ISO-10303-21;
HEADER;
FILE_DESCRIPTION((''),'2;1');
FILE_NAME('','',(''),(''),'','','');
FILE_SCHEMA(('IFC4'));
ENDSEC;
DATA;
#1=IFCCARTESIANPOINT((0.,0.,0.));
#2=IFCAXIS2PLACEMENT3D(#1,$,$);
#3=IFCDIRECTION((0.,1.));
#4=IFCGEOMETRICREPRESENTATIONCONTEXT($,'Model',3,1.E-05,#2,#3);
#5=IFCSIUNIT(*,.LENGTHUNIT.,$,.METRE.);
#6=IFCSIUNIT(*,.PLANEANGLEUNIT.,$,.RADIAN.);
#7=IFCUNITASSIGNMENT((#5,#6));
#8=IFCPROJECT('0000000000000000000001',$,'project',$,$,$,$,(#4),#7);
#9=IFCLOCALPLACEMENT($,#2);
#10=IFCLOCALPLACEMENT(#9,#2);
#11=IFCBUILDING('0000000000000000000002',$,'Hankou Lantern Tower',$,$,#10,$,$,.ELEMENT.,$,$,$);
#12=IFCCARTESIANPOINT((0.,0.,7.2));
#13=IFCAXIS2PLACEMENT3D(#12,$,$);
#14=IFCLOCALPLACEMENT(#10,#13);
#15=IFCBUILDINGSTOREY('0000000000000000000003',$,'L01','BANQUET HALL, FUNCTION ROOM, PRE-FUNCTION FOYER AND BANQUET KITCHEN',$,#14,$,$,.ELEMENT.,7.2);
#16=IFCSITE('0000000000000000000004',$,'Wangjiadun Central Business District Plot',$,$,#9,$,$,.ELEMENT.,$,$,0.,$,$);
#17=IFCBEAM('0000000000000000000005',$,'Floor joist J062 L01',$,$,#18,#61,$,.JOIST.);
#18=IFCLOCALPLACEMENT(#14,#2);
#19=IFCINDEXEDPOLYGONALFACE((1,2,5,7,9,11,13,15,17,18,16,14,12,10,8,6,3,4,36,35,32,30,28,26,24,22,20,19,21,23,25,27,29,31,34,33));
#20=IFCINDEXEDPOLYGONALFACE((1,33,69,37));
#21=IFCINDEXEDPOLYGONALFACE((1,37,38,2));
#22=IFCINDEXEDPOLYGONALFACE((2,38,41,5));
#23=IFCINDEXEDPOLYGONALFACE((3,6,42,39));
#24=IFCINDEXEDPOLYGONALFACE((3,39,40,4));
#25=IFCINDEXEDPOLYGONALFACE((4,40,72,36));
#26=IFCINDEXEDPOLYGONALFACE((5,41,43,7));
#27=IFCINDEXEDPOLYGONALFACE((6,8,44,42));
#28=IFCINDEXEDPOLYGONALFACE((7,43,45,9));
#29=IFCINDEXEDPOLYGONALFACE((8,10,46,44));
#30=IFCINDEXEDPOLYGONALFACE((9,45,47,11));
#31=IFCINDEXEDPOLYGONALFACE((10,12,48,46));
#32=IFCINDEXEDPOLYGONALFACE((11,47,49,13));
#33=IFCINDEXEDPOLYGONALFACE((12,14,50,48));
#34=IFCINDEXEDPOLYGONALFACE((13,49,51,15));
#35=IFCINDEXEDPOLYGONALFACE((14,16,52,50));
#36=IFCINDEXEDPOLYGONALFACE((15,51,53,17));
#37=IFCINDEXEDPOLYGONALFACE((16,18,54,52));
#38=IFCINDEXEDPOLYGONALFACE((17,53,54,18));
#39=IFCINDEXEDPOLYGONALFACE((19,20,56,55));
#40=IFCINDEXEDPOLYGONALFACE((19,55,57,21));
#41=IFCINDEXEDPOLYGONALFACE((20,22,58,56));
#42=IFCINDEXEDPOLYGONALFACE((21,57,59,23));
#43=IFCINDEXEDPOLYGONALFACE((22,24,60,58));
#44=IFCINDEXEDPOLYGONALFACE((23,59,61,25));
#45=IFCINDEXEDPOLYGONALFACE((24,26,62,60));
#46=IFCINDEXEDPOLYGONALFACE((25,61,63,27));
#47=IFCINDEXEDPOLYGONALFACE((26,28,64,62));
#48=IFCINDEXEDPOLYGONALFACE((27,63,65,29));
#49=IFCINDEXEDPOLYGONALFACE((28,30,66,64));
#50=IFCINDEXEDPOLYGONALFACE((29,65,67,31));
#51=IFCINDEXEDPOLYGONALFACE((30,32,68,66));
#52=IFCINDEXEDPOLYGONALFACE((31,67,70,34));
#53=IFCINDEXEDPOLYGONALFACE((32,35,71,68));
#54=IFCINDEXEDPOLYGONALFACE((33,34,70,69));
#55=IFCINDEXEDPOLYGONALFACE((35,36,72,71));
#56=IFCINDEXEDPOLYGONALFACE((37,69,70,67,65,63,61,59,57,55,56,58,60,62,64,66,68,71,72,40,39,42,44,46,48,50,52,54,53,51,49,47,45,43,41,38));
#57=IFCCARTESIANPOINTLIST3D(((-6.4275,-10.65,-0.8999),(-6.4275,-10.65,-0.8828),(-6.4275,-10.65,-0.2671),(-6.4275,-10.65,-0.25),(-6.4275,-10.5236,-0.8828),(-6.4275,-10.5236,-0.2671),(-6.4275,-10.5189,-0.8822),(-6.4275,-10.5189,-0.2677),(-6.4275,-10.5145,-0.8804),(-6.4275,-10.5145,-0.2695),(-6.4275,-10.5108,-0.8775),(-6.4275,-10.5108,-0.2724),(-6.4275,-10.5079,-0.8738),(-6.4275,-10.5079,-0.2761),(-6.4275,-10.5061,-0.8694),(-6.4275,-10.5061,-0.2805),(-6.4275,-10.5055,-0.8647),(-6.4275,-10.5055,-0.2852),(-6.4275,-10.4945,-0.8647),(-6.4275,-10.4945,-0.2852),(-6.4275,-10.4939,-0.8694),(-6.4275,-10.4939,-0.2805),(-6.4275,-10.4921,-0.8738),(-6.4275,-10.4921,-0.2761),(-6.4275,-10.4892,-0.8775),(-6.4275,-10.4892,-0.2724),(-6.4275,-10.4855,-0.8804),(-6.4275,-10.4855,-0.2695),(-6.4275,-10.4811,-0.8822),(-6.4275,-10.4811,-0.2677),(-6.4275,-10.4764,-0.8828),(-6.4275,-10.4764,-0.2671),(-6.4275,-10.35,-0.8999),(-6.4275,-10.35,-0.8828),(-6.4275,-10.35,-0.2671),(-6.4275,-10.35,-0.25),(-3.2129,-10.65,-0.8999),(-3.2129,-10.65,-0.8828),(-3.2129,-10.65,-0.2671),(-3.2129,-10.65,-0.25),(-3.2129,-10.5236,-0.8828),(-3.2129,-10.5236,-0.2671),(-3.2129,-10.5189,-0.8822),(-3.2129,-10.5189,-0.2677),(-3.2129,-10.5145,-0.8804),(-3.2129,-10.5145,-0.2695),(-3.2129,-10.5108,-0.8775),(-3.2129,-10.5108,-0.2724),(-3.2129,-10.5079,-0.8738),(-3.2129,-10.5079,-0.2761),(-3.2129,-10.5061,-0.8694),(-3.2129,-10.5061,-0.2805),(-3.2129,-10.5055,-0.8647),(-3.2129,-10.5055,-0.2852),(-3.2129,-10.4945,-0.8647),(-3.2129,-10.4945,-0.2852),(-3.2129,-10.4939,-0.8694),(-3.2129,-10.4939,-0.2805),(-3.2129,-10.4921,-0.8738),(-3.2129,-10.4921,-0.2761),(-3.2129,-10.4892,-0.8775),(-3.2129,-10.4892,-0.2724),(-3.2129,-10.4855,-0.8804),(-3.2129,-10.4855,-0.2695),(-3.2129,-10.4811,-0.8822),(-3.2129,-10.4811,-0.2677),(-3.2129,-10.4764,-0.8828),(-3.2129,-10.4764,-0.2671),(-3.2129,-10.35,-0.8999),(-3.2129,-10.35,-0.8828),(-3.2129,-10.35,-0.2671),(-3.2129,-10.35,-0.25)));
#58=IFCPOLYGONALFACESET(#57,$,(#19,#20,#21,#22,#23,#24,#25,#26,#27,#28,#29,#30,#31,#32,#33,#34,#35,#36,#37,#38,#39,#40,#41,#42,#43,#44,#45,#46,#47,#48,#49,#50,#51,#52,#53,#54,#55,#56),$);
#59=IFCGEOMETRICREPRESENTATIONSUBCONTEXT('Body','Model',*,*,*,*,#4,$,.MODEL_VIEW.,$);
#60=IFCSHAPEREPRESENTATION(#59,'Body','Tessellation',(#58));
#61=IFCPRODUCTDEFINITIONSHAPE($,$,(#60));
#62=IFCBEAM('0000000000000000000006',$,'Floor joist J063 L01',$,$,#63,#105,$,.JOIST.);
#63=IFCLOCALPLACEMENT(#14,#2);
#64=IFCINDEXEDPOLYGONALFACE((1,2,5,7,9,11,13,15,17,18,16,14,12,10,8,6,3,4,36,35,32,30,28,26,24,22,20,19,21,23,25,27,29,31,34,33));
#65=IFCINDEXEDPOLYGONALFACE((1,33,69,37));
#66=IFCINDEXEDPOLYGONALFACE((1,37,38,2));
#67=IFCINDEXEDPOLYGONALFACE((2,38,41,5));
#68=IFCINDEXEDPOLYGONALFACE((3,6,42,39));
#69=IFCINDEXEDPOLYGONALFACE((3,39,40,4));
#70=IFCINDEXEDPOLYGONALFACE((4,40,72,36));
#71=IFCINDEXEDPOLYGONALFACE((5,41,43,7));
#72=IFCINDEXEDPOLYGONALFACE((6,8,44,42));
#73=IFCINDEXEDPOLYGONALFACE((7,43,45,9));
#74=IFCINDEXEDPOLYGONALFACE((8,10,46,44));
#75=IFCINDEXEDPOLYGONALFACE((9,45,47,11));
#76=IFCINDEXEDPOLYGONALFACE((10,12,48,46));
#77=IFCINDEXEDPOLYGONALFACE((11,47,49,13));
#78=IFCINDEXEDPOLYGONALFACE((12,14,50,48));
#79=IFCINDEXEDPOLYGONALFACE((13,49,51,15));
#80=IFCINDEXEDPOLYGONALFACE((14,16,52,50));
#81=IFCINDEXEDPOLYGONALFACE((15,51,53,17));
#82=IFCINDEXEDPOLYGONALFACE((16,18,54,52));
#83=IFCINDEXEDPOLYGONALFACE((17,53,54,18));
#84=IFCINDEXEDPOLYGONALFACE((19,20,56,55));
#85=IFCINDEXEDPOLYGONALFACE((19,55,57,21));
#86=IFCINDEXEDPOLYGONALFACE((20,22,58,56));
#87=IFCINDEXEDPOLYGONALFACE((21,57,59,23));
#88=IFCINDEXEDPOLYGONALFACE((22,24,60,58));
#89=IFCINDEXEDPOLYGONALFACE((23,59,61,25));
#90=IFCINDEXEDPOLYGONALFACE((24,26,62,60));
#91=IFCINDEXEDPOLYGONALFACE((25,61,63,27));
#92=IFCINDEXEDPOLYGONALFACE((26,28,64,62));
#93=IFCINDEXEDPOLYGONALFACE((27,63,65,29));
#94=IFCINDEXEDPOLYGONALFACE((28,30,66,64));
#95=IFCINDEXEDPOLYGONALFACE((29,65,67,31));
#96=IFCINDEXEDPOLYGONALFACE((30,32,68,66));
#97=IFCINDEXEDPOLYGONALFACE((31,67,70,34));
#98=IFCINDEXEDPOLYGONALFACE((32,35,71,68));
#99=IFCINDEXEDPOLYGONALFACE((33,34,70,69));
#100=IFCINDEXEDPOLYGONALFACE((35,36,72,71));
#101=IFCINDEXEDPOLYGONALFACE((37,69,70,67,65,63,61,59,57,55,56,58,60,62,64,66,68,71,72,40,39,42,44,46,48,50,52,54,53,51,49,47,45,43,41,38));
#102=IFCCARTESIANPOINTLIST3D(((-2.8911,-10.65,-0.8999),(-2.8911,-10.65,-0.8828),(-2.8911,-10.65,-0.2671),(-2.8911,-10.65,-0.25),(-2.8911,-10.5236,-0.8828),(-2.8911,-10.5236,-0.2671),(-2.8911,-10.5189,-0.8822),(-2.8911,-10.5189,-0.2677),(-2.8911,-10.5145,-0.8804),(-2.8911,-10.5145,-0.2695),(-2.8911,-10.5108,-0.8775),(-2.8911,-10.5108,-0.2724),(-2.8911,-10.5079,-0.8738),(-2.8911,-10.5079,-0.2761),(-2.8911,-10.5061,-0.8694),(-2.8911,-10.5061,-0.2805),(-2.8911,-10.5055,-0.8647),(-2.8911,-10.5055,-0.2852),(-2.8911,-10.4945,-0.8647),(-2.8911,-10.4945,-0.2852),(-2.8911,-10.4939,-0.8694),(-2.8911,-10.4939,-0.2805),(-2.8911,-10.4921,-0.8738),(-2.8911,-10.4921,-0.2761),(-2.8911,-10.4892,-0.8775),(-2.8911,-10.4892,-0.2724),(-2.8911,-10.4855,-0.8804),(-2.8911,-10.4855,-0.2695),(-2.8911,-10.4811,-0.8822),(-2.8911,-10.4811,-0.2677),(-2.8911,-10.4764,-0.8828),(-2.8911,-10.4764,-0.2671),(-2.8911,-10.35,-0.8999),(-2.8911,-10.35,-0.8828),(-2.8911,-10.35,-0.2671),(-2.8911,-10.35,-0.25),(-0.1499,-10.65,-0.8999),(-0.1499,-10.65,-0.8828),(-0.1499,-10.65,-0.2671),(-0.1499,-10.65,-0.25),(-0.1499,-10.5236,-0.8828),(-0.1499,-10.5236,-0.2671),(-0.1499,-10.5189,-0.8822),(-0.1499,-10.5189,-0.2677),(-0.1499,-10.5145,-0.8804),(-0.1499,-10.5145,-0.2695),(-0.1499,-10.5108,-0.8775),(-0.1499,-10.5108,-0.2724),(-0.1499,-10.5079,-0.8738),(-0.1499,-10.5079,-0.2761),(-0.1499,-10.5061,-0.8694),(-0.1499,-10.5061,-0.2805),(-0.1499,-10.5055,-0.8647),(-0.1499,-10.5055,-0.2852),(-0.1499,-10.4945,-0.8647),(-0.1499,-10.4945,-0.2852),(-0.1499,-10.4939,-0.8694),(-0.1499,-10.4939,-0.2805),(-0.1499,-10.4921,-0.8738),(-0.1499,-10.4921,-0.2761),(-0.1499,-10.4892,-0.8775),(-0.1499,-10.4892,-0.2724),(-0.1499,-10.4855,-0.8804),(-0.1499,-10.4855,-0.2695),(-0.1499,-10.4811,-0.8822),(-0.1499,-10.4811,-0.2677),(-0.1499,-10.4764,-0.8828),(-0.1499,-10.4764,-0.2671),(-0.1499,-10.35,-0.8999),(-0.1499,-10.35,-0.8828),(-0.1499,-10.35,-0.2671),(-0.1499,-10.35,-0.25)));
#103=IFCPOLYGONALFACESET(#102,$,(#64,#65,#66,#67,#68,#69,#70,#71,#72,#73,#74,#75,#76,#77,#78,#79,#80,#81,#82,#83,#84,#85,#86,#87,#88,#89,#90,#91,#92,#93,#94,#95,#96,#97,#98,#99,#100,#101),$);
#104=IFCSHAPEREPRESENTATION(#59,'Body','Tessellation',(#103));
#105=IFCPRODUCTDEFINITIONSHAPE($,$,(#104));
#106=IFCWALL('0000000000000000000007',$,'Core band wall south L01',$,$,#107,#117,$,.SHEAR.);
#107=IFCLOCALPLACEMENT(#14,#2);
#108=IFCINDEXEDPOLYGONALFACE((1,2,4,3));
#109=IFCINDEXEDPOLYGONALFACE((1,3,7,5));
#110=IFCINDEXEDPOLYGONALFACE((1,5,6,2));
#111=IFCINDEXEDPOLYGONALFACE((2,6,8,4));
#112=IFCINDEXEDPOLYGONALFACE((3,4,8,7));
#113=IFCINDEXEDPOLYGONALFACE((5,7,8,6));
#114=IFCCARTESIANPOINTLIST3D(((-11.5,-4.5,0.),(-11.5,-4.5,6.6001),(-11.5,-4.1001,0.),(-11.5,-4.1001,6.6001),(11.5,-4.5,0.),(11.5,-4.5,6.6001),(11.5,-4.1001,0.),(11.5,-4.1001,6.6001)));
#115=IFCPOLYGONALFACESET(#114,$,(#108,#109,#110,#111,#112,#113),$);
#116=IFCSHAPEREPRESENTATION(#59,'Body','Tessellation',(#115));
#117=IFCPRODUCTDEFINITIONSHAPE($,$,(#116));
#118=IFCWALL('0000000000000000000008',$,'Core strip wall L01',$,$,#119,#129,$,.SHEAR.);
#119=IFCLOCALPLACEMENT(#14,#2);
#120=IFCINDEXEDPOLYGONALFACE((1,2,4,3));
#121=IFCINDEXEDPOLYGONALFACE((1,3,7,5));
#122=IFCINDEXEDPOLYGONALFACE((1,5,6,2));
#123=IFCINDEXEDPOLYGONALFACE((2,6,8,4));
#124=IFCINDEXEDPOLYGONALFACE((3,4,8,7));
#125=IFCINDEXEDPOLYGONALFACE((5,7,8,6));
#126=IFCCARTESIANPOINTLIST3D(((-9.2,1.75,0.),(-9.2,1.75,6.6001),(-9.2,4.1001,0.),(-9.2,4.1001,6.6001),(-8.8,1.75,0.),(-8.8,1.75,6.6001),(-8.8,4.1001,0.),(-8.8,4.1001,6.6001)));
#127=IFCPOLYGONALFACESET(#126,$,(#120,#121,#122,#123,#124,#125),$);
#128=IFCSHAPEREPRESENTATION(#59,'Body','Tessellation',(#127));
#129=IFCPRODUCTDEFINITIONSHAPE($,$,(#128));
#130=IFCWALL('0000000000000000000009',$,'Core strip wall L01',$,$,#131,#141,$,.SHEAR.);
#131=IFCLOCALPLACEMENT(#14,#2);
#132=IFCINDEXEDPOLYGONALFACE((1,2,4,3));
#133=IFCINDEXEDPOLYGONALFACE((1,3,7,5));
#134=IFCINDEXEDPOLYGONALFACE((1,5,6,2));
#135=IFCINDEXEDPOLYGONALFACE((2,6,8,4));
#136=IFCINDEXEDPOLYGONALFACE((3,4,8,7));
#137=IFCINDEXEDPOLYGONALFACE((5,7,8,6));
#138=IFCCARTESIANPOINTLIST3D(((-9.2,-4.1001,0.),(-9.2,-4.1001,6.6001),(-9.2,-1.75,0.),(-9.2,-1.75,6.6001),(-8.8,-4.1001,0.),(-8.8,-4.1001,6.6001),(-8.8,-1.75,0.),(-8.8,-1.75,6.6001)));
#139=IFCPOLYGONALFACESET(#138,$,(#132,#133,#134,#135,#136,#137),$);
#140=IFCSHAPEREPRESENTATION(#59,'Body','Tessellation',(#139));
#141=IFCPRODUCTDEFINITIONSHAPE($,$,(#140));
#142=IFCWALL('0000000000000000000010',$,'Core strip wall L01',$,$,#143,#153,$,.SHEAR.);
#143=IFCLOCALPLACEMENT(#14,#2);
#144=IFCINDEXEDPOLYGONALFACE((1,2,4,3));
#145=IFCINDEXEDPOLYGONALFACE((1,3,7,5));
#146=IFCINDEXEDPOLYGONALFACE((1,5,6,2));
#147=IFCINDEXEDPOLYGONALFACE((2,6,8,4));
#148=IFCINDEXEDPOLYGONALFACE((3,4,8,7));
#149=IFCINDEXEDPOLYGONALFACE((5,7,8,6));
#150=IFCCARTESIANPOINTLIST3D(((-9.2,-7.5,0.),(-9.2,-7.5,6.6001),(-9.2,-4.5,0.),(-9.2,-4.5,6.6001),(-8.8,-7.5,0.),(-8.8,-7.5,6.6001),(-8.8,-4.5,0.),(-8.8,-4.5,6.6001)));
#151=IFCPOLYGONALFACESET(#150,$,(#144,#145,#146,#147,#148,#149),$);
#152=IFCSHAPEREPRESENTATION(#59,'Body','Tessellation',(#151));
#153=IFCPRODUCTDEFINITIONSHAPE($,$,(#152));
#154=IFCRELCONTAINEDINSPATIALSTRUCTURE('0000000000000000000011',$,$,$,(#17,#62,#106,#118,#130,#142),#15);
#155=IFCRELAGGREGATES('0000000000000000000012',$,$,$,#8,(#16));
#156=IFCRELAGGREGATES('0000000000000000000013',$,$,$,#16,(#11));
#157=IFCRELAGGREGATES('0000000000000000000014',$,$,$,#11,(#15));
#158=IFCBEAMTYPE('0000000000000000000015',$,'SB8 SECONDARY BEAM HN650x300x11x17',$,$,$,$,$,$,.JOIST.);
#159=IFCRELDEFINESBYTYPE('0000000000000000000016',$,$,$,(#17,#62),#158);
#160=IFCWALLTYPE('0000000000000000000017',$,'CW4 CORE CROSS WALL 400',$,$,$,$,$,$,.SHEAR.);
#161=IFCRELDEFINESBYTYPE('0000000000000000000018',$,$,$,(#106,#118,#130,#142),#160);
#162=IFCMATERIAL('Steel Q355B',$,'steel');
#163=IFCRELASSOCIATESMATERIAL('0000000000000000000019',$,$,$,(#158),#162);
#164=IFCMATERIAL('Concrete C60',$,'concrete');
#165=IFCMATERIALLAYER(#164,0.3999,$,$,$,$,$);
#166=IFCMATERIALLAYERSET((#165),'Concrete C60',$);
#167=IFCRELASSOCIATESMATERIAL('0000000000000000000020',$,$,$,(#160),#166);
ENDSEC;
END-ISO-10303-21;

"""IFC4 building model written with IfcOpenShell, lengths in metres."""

from ifc_helpers import new_model, si_unit, direction, frame, frame_2d, origin, origin_2d, place, context, subcontext, project, spatial, rectangle, i_section, extrude, material, layer, layer_set, material_profile, profile_set, type_object, element, save


model = new_model("IFC4")

# Units and contexts
model_context = context("Model", 3, precision=1e-05, world=origin(), true_north=direction((0.0, 1.0)))
body_context = subcontext(model_context, "Body", "Model", "MODEL_VIEW")
ifc_project = project(units=[si_unit("LENGTHUNIT", "METRE"), si_unit("PLANEANGLEUNIT", "RADIAN")], contexts=[model_context])

# Site, building, storey
site_placement = place(None, origin())
site = spatial("IfcSite", under=ifc_project, at=site_placement, Name="Wangjiadun Central Business District Plot", CompositionType="ELEMENT", RefElevation=0.0)
building_placement = place(site_placement, origin())
building = spatial("IfcBuilding", under=site, at=building_placement, Name="Hankou Lantern Tower", CompositionType="ELEMENT")
storey_placement = place(building_placement, frame((0.0, 0.0, 7.2)))
storey = spatial("IfcBuildingStorey", under=building, at=storey_placement, Name="L01", Description="BANQUET HALL, FUNCTION ROOM, PRE-FUNCTION FOYER AND BANQUET KITCHEN", CompositionType="ELEMENT", Elevation=7.2)

# Beams
ifc_material_1 = material(Name="Steel Q355B", Category="steel")
ifc_material_profile_1 = material_profile(ifc_material_1, i_section(OverallWidth=0.3, OverallDepth=0.6499, WebThickness=0.011, FlangeThickness=0.0171, FilletRadius=0.0181, at=origin_2d()), Name="HN650x300x11x17")
ifc_profile_set_1 = profile_set([ifc_material_profile_1], Name="Steel Q355B")
beam_type_1 = type_object("IfcBeamType", Name="SB8 SECONDARY BEAM HN650x300x11x17", PredefinedType="JOIST", material=ifc_profile_set_1)
beam_1_placement = place(storey_placement, frame((-6.4275, -10.5, -0.575), z_axis=(1.0, 0.0, 0.0), x_axis=(0.0, 1.0, 0.0)))
element("IfcBeam", 1, at=beam_1_placement, inside=storey, type_object=beam_type_1, Name="Floor joist J062 L01", PredefinedType="JOIST", context=body_context, shape_type="SweptSolid", body=[
    extrude(i_section(OverallWidth=0.3, OverallDepth=0.6499, WebThickness=0.011, FlangeThickness=0.0171, FilletRadius=0.0181, at=origin_2d()), origin(), (0.0, 0.0, 1.0), 3.2146),
])
beam_2_placement = place(storey_placement, frame((-2.8911, -10.5, -0.575), z_axis=(1.0, 0.0, 0.0), x_axis=(0.0, 1.0, 0.0)))
element("IfcBeam", 2, at=beam_2_placement, inside=storey, type_object=beam_type_1, Name="Floor joist J063 L01", PredefinedType="JOIST", context=body_context, shape_type="SweptSolid", body=[
    extrude(i_section(OverallWidth=0.3, OverallDepth=0.6499, WebThickness=0.011, FlangeThickness=0.0171, FilletRadius=0.0181, at=origin_2d()), origin(), (0.0, 0.0, 1.0), 2.7412),
])

# Walls
ifc_material_2 = material(Name="Concrete C60", Category="concrete")
ifc_layer_1 = layer(ifc_material_2, 0.3999)
ifc_layer_set_1 = layer_set([ifc_layer_1], Name="Concrete C60")
wall_type_1 = type_object("IfcWallType", Name="CW4 CORE CROSS WALL 400", PredefinedType="SHEAR", material=ifc_layer_set_1)
wall_1_placement = place(storey_placement, frame((-11.5, -4.3, 0.0), z_axis=(0.0, 0.0, 1.0), x_axis=(1.0, 0.0, 0.0)))
element("IfcWall", 3, at=wall_1_placement, inside=storey, type_object=wall_type_1, Name="Core band wall south L01", PredefinedType="SHEAR", context=body_context, shape_type="SweptSolid", body=[
    extrude(rectangle(XDim=23.0, YDim=0.3999, at=frame_2d((11.5, 0.0))), origin(), (0.0, 0.0, 1.0), 6.6001),
])
for number, where, z_axis, x_axis, name in (
    (4, (-9.0, 1.75, 0.0), (0.0, 0.0, 1.0), (0.0, 1.0, 0.0), "Core strip wall L01"),
    (5, (-9.0, -4.1001, 0.0), (0.0, 0.0, 1.0), (0.0, 1.0, 0.0), "Core strip wall L01"),
):
    element("IfcWall", number, at=place(storey_placement, frame(where, z_axis=z_axis, x_axis=x_axis)), inside=storey, type_object=wall_type_1, Name=name, PredefinedType="SHEAR", context=body_context, shape_type="SweptSolid", body=[
        extrude(rectangle(XDim=2.3501, YDim=0.3999, at=frame_2d((1.175, 0.0))), origin(), (0.0, 0.0, 1.0), 6.6001),
    ])
wall_2_placement = place(storey_placement, frame((-9.0, -7.5, 0.0), z_axis=(0.0, 0.0, 1.0), x_axis=(0.0, 1.0, 0.0)))
element("IfcWall", 6, at=wall_2_placement, inside=storey, type_object=wall_type_1, Name="Core strip wall L01", PredefinedType="SHEAR", context=body_context, shape_type="SweptSolid", body=[
    extrude(rectangle(XDim=3.0, YDim=0.3999, at=frame_2d((1.5, 0.0))), origin(), (0.0, 0.0, 1.0), 6.6001),
])

save(model, "model.ifc")
